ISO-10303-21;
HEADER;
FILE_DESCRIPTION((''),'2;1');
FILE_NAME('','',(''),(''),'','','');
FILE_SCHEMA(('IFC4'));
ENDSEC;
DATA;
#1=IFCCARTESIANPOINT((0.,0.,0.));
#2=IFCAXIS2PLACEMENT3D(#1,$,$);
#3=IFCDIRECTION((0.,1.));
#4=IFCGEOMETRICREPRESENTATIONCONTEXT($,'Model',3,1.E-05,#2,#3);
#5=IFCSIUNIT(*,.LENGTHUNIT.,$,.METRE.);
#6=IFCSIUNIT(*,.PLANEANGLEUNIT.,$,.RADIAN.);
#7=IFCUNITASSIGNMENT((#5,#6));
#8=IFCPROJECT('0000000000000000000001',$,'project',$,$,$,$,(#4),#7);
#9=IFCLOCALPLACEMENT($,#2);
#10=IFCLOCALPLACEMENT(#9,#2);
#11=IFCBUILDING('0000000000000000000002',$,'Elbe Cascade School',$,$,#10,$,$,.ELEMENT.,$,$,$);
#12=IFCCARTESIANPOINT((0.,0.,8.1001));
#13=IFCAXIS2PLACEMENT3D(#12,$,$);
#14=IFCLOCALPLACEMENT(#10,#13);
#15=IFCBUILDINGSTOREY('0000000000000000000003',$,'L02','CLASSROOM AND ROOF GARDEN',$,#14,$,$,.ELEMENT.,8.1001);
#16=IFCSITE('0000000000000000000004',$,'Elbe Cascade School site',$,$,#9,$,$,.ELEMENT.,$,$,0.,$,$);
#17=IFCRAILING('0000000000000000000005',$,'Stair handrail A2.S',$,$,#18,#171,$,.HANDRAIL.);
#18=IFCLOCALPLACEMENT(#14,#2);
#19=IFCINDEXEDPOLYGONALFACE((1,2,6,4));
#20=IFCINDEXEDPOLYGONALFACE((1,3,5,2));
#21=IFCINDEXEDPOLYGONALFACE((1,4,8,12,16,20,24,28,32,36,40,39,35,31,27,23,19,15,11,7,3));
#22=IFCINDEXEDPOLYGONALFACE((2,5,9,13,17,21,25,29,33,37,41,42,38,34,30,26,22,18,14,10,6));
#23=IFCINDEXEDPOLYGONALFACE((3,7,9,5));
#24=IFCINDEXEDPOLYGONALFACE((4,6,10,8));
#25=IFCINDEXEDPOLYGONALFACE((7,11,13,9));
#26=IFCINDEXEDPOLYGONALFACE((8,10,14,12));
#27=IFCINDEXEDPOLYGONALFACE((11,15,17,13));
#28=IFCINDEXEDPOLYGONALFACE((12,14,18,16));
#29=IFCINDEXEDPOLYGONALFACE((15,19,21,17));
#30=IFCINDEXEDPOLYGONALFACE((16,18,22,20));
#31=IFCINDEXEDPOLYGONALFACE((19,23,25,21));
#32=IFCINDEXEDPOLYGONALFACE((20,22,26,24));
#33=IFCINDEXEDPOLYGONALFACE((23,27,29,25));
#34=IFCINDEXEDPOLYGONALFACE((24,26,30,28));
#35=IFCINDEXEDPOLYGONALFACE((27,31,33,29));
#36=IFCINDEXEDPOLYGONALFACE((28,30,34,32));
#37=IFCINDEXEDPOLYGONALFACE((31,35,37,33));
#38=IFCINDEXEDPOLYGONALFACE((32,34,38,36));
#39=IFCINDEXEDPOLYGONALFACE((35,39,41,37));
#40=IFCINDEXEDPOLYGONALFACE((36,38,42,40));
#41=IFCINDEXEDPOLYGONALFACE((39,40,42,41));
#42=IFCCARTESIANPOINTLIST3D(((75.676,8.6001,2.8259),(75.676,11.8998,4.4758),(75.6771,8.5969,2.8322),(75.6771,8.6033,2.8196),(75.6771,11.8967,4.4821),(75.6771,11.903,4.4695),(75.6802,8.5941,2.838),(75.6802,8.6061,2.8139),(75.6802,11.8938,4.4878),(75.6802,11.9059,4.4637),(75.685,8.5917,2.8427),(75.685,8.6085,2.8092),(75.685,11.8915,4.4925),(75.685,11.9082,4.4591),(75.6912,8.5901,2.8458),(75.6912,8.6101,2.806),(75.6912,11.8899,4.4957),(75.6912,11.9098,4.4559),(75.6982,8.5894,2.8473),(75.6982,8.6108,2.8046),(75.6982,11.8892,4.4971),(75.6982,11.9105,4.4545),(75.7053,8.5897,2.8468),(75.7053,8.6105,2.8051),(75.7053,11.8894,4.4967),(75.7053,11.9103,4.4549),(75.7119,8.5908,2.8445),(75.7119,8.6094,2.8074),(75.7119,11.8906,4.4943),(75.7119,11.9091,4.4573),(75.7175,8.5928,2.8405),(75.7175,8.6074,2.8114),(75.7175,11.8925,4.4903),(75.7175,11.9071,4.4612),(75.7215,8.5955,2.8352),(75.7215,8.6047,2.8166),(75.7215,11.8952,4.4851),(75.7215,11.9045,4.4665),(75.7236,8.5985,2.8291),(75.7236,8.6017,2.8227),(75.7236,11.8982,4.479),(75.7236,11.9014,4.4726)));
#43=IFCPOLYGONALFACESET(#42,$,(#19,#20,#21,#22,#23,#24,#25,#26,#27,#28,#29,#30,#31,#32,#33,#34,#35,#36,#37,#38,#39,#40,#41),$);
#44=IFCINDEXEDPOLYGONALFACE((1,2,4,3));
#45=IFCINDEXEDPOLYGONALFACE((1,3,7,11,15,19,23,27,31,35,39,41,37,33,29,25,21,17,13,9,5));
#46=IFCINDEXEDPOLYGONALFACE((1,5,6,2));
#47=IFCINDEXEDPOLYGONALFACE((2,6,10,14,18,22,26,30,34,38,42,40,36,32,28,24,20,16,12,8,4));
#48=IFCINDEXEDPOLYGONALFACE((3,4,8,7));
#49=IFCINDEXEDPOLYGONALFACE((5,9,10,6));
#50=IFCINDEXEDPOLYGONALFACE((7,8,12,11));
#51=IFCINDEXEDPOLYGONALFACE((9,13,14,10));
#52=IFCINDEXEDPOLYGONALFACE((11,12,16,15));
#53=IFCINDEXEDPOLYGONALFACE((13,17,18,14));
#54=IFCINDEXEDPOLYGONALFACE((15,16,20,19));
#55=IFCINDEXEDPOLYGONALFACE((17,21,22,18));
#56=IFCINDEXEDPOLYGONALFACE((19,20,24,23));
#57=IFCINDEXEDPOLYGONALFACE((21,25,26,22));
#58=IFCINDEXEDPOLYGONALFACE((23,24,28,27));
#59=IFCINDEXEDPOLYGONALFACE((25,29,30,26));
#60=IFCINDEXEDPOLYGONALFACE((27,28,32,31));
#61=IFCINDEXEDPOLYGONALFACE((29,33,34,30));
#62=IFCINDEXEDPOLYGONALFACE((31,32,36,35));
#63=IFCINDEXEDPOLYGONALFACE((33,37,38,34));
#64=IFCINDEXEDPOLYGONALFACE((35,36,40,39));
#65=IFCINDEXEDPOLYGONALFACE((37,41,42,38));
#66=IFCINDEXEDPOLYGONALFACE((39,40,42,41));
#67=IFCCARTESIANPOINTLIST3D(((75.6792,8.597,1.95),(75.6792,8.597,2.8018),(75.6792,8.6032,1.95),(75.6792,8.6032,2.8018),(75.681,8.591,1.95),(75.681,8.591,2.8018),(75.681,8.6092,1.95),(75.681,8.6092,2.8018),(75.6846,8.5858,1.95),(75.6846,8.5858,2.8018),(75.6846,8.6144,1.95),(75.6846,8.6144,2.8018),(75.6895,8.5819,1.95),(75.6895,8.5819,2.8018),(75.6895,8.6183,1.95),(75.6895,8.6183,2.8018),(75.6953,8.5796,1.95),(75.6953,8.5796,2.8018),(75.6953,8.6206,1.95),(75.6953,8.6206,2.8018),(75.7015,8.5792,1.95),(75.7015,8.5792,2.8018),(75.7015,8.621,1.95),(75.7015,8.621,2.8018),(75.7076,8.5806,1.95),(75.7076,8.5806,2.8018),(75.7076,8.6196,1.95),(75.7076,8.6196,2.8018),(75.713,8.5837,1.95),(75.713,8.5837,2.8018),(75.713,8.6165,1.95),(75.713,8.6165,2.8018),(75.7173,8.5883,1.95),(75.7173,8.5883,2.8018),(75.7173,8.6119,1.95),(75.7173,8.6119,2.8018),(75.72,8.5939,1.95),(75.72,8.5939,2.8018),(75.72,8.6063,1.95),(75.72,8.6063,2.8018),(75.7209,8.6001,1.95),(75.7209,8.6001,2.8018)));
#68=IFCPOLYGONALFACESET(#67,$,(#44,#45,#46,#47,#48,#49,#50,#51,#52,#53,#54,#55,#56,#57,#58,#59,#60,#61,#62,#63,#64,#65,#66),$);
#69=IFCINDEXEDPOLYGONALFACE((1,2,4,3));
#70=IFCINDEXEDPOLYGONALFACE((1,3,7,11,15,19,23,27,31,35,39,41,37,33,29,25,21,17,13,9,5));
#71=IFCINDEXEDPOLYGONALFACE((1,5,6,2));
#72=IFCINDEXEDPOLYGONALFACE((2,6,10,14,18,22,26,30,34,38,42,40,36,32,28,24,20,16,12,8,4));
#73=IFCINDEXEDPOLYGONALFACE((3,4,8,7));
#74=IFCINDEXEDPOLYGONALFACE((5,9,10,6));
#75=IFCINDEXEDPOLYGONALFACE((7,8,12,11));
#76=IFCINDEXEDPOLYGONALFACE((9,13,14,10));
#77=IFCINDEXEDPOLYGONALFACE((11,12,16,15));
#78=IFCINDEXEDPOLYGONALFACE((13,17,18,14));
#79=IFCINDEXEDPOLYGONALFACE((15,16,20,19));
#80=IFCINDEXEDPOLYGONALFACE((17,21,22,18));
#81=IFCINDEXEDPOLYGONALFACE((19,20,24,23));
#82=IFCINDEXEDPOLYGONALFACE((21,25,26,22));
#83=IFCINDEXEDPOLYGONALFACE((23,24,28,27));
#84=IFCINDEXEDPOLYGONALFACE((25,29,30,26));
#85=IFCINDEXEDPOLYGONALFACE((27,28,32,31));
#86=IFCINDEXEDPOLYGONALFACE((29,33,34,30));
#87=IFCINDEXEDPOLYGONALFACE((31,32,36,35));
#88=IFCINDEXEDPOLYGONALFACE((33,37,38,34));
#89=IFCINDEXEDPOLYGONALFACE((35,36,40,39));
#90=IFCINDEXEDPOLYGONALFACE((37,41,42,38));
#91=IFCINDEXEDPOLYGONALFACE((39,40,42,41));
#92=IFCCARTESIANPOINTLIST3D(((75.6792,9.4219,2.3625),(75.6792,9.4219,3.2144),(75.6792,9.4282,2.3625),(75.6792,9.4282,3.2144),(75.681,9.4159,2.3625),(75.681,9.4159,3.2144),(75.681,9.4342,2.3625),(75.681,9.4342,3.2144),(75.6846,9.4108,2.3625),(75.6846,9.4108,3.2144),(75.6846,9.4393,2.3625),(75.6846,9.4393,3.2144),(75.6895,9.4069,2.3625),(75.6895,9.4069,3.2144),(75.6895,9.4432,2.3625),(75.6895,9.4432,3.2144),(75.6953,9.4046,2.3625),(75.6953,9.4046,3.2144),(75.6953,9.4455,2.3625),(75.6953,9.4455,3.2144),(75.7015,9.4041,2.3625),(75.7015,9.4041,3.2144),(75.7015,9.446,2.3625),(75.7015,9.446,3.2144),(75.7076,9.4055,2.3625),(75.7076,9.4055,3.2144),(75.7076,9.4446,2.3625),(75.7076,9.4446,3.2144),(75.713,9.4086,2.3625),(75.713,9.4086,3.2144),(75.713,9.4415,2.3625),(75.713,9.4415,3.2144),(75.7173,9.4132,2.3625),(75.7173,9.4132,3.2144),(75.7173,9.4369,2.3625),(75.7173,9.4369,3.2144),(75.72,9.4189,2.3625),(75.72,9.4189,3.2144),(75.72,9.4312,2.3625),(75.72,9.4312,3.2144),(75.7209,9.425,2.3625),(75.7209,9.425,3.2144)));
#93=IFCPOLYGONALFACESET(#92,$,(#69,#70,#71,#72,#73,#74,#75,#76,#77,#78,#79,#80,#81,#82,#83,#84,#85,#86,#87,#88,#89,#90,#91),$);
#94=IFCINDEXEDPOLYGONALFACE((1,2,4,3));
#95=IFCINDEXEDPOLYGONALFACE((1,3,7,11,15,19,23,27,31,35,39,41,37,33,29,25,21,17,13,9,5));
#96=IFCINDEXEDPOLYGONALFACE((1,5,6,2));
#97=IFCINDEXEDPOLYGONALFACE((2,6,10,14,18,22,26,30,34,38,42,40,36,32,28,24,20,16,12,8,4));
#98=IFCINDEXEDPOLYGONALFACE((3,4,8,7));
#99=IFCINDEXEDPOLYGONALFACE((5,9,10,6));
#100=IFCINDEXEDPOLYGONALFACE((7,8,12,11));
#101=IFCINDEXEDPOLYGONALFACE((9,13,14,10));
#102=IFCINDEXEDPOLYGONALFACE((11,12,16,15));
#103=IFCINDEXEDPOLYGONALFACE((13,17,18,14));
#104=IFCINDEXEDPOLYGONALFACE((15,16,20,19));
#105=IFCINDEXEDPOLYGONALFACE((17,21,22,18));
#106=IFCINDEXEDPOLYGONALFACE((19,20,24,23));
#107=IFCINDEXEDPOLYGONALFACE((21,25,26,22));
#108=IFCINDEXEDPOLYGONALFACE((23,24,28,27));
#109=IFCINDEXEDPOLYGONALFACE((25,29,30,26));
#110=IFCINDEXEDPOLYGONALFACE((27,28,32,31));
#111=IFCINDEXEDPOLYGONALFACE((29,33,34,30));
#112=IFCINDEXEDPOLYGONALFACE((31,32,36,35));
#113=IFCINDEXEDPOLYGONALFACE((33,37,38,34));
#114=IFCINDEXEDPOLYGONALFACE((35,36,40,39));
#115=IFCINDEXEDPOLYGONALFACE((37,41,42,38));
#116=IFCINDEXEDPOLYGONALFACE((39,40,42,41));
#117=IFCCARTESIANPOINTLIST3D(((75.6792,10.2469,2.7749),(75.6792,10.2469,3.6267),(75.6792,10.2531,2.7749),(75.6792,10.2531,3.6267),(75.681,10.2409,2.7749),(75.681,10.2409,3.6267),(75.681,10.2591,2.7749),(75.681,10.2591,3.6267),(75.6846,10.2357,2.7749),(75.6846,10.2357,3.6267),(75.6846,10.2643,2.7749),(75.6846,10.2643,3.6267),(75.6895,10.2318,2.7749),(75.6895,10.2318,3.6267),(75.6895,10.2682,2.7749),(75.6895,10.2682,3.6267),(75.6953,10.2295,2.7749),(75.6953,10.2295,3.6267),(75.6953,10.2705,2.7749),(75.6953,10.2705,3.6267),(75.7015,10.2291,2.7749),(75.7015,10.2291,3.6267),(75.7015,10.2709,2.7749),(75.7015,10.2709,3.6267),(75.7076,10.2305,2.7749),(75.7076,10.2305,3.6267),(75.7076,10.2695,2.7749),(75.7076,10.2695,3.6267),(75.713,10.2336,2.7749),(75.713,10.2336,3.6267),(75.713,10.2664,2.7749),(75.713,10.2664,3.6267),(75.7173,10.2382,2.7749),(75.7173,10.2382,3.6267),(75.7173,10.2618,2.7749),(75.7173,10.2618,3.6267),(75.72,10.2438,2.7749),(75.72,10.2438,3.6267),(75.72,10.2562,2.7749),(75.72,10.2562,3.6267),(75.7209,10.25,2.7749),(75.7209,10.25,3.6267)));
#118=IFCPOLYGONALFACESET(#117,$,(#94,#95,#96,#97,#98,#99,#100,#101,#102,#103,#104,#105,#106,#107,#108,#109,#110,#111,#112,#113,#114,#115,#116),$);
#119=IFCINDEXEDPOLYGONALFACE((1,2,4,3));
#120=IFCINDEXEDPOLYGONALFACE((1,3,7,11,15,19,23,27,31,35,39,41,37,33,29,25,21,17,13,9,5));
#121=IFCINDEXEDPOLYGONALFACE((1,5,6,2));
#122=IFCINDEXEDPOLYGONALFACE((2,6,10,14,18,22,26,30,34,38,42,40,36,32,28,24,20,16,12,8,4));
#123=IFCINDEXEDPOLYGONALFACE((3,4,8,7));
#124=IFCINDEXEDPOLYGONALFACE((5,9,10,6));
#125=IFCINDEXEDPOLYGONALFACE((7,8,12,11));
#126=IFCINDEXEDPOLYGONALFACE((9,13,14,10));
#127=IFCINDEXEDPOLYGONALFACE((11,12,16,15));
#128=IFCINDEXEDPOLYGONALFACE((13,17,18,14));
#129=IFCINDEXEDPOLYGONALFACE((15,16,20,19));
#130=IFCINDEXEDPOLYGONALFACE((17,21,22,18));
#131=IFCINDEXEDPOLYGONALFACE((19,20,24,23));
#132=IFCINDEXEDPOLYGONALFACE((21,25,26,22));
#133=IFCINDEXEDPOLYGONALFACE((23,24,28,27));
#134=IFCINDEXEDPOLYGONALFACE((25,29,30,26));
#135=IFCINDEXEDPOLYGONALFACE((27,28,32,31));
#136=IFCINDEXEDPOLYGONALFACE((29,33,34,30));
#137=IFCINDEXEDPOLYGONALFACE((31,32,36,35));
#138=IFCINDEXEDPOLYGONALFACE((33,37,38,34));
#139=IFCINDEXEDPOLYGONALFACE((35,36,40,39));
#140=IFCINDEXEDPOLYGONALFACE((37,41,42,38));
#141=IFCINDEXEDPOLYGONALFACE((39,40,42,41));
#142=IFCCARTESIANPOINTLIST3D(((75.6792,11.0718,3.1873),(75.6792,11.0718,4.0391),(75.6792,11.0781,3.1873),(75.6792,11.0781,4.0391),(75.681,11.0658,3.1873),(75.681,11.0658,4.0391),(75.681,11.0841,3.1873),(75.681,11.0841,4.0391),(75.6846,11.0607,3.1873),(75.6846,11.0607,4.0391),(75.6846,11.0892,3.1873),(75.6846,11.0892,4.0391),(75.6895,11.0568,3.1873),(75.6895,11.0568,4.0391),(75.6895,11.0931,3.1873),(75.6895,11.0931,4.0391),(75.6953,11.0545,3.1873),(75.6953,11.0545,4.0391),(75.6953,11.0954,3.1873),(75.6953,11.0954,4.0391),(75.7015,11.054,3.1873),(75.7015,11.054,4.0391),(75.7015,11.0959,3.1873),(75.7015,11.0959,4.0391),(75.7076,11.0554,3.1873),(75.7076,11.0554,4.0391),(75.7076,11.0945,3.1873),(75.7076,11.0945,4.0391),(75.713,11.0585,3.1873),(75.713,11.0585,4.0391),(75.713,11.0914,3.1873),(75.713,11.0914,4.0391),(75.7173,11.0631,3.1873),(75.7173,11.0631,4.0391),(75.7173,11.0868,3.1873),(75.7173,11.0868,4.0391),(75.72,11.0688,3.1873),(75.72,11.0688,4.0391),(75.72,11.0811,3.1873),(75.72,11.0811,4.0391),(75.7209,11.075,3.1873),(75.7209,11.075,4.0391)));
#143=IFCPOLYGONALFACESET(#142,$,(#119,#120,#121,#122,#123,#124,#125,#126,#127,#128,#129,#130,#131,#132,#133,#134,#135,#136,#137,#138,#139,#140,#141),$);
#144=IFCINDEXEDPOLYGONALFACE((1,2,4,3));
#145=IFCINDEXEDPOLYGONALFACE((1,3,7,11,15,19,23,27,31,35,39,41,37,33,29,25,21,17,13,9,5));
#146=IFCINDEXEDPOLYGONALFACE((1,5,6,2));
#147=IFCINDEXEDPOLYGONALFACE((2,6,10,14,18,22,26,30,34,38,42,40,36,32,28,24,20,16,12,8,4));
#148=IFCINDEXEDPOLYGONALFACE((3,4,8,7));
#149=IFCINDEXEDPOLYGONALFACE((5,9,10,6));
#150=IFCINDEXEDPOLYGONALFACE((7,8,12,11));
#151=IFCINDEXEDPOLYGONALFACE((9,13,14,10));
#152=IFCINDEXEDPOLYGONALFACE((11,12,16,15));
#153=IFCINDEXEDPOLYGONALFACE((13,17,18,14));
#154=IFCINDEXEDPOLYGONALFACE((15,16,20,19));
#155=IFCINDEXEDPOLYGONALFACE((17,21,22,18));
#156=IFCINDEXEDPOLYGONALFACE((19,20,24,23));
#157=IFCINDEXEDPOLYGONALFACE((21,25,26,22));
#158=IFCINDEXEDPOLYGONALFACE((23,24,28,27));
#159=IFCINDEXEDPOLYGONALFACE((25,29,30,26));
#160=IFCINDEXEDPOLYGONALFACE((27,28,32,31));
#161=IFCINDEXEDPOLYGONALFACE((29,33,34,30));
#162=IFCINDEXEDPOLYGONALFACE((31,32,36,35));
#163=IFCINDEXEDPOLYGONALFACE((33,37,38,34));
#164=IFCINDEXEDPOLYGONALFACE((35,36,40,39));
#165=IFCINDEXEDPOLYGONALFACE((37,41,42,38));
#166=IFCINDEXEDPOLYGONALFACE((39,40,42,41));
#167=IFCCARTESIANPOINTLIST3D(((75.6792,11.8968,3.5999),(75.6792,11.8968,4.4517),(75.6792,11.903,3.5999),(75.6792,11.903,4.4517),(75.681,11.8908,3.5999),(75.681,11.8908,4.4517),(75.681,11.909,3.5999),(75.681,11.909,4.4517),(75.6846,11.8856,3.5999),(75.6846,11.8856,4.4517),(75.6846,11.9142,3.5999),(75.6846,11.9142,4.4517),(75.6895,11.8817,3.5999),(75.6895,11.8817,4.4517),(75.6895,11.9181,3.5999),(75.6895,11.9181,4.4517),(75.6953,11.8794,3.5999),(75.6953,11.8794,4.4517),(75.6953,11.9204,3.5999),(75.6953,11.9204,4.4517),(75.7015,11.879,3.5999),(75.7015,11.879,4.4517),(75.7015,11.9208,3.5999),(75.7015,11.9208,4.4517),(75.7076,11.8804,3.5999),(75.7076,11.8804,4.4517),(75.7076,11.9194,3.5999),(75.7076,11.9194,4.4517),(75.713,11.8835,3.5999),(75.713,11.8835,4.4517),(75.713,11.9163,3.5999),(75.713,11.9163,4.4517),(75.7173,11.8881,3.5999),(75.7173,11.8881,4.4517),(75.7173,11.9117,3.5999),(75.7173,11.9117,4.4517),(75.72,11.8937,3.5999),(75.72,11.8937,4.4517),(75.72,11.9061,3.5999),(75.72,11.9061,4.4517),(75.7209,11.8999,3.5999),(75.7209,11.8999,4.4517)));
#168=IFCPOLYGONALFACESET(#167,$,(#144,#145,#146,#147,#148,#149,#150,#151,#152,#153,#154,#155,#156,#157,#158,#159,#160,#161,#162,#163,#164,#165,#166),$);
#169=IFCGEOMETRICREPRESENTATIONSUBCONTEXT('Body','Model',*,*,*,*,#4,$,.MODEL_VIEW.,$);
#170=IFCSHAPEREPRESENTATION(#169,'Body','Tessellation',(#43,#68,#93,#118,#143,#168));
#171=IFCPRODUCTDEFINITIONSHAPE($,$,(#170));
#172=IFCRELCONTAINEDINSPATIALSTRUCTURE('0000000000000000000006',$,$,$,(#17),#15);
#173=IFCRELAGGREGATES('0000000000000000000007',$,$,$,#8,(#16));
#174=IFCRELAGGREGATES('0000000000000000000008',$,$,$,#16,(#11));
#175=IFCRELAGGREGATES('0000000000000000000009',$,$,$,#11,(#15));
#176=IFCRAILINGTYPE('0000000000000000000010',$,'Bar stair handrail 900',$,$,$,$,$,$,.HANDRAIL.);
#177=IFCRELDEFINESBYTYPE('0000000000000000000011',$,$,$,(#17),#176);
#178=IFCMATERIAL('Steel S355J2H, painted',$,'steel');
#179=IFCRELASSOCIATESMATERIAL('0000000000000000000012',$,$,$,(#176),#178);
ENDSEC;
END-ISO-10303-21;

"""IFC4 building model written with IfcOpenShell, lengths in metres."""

from ifc_helpers import new_model, si_unit, direction, frame, origin, origin_2d, place, context, subcontext, project, spatial, circle, extrude, material, type_object, element, save


model = new_model("IFC4")

# Units and contexts
model_context = context("Model", 3, precision=1e-05, world=origin(), true_north=direction((0.0, 1.0)))
body_context = subcontext(model_context, "Body", "Model", "MODEL_VIEW")
ifc_project = project(units=[si_unit("LENGTHUNIT", "METRE"), si_unit("PLANEANGLEUNIT", "RADIAN")], contexts=[model_context])

# Site, building, storey
site_placement = place(None, origin())
site = spatial("IfcSite", under=ifc_project, at=site_placement, Name="Elbe Cascade School site", CompositionType="ELEMENT", RefElevation=0.0)
building_placement = place(site_placement, origin())
building = spatial("IfcBuilding", under=site, at=building_placement, Name="Elbe Cascade School", CompositionType="ELEMENT")
storey_placement = place(building_placement, frame((0.0, 0.0, 8.1001)))
storey = spatial("IfcBuildingStorey", under=building, at=storey_placement, Name="L02", Description="CLASSROOM AND ROOF GARDEN", CompositionType="ELEMENT", Elevation=8.1001)

# Railing
ifc_material_1 = material(Name="Steel S355J2H, painted", Category="steel")
railing_type = type_object("IfcRailingType", Name="Bar stair handrail 900", PredefinedType="HANDRAIL", material=ifc_material_1)
railing_placement = place(storey_placement, frame((75.7, 8.6001, 1.95)))
element("IfcRailing", 1, at=railing_placement, inside=storey, type_object=railing_type, Name="Stair handrail A2.S", PredefinedType="HANDRAIL", context=body_context, shape_type="SweptSolid", body=[
    extrude(circle(Radius=0.0239, at=origin_2d()), frame((0.0, 0.0, 0.876), z_axis=(0.0, 0.894427, 0.447214), x_axis=(-1.0, 0.0, 0.0)), (0.0, 0.0, 1.0), 3.6892),
    extrude(circle(Radius=0.021, at=origin_2d()), origin(), (0.0, 0.0, 1.0), 0.8518),
    extrude(circle(Radius=0.021, at=origin_2d()), frame((0.0, 0.825, 0.4126)), (0.0, 0.0, 1.0), 0.8518),
    extrude(circle(Radius=0.021, at=origin_2d()), frame((0.0, 1.6499, 0.825)), (0.0, 0.0, 1.0), 0.8518),
    extrude(circle(Radius=0.021, at=origin_2d()), frame((0.0, 2.4749, 1.2373)), (0.0, 0.0, 1.0), 0.8518),
    extrude(circle(Radius=0.021, at=origin_2d()), frame((0.0, 3.2998, 1.6499)), (0.0, 0.0, 1.0), 0.8518),
])

save(model, "model.ifc")
